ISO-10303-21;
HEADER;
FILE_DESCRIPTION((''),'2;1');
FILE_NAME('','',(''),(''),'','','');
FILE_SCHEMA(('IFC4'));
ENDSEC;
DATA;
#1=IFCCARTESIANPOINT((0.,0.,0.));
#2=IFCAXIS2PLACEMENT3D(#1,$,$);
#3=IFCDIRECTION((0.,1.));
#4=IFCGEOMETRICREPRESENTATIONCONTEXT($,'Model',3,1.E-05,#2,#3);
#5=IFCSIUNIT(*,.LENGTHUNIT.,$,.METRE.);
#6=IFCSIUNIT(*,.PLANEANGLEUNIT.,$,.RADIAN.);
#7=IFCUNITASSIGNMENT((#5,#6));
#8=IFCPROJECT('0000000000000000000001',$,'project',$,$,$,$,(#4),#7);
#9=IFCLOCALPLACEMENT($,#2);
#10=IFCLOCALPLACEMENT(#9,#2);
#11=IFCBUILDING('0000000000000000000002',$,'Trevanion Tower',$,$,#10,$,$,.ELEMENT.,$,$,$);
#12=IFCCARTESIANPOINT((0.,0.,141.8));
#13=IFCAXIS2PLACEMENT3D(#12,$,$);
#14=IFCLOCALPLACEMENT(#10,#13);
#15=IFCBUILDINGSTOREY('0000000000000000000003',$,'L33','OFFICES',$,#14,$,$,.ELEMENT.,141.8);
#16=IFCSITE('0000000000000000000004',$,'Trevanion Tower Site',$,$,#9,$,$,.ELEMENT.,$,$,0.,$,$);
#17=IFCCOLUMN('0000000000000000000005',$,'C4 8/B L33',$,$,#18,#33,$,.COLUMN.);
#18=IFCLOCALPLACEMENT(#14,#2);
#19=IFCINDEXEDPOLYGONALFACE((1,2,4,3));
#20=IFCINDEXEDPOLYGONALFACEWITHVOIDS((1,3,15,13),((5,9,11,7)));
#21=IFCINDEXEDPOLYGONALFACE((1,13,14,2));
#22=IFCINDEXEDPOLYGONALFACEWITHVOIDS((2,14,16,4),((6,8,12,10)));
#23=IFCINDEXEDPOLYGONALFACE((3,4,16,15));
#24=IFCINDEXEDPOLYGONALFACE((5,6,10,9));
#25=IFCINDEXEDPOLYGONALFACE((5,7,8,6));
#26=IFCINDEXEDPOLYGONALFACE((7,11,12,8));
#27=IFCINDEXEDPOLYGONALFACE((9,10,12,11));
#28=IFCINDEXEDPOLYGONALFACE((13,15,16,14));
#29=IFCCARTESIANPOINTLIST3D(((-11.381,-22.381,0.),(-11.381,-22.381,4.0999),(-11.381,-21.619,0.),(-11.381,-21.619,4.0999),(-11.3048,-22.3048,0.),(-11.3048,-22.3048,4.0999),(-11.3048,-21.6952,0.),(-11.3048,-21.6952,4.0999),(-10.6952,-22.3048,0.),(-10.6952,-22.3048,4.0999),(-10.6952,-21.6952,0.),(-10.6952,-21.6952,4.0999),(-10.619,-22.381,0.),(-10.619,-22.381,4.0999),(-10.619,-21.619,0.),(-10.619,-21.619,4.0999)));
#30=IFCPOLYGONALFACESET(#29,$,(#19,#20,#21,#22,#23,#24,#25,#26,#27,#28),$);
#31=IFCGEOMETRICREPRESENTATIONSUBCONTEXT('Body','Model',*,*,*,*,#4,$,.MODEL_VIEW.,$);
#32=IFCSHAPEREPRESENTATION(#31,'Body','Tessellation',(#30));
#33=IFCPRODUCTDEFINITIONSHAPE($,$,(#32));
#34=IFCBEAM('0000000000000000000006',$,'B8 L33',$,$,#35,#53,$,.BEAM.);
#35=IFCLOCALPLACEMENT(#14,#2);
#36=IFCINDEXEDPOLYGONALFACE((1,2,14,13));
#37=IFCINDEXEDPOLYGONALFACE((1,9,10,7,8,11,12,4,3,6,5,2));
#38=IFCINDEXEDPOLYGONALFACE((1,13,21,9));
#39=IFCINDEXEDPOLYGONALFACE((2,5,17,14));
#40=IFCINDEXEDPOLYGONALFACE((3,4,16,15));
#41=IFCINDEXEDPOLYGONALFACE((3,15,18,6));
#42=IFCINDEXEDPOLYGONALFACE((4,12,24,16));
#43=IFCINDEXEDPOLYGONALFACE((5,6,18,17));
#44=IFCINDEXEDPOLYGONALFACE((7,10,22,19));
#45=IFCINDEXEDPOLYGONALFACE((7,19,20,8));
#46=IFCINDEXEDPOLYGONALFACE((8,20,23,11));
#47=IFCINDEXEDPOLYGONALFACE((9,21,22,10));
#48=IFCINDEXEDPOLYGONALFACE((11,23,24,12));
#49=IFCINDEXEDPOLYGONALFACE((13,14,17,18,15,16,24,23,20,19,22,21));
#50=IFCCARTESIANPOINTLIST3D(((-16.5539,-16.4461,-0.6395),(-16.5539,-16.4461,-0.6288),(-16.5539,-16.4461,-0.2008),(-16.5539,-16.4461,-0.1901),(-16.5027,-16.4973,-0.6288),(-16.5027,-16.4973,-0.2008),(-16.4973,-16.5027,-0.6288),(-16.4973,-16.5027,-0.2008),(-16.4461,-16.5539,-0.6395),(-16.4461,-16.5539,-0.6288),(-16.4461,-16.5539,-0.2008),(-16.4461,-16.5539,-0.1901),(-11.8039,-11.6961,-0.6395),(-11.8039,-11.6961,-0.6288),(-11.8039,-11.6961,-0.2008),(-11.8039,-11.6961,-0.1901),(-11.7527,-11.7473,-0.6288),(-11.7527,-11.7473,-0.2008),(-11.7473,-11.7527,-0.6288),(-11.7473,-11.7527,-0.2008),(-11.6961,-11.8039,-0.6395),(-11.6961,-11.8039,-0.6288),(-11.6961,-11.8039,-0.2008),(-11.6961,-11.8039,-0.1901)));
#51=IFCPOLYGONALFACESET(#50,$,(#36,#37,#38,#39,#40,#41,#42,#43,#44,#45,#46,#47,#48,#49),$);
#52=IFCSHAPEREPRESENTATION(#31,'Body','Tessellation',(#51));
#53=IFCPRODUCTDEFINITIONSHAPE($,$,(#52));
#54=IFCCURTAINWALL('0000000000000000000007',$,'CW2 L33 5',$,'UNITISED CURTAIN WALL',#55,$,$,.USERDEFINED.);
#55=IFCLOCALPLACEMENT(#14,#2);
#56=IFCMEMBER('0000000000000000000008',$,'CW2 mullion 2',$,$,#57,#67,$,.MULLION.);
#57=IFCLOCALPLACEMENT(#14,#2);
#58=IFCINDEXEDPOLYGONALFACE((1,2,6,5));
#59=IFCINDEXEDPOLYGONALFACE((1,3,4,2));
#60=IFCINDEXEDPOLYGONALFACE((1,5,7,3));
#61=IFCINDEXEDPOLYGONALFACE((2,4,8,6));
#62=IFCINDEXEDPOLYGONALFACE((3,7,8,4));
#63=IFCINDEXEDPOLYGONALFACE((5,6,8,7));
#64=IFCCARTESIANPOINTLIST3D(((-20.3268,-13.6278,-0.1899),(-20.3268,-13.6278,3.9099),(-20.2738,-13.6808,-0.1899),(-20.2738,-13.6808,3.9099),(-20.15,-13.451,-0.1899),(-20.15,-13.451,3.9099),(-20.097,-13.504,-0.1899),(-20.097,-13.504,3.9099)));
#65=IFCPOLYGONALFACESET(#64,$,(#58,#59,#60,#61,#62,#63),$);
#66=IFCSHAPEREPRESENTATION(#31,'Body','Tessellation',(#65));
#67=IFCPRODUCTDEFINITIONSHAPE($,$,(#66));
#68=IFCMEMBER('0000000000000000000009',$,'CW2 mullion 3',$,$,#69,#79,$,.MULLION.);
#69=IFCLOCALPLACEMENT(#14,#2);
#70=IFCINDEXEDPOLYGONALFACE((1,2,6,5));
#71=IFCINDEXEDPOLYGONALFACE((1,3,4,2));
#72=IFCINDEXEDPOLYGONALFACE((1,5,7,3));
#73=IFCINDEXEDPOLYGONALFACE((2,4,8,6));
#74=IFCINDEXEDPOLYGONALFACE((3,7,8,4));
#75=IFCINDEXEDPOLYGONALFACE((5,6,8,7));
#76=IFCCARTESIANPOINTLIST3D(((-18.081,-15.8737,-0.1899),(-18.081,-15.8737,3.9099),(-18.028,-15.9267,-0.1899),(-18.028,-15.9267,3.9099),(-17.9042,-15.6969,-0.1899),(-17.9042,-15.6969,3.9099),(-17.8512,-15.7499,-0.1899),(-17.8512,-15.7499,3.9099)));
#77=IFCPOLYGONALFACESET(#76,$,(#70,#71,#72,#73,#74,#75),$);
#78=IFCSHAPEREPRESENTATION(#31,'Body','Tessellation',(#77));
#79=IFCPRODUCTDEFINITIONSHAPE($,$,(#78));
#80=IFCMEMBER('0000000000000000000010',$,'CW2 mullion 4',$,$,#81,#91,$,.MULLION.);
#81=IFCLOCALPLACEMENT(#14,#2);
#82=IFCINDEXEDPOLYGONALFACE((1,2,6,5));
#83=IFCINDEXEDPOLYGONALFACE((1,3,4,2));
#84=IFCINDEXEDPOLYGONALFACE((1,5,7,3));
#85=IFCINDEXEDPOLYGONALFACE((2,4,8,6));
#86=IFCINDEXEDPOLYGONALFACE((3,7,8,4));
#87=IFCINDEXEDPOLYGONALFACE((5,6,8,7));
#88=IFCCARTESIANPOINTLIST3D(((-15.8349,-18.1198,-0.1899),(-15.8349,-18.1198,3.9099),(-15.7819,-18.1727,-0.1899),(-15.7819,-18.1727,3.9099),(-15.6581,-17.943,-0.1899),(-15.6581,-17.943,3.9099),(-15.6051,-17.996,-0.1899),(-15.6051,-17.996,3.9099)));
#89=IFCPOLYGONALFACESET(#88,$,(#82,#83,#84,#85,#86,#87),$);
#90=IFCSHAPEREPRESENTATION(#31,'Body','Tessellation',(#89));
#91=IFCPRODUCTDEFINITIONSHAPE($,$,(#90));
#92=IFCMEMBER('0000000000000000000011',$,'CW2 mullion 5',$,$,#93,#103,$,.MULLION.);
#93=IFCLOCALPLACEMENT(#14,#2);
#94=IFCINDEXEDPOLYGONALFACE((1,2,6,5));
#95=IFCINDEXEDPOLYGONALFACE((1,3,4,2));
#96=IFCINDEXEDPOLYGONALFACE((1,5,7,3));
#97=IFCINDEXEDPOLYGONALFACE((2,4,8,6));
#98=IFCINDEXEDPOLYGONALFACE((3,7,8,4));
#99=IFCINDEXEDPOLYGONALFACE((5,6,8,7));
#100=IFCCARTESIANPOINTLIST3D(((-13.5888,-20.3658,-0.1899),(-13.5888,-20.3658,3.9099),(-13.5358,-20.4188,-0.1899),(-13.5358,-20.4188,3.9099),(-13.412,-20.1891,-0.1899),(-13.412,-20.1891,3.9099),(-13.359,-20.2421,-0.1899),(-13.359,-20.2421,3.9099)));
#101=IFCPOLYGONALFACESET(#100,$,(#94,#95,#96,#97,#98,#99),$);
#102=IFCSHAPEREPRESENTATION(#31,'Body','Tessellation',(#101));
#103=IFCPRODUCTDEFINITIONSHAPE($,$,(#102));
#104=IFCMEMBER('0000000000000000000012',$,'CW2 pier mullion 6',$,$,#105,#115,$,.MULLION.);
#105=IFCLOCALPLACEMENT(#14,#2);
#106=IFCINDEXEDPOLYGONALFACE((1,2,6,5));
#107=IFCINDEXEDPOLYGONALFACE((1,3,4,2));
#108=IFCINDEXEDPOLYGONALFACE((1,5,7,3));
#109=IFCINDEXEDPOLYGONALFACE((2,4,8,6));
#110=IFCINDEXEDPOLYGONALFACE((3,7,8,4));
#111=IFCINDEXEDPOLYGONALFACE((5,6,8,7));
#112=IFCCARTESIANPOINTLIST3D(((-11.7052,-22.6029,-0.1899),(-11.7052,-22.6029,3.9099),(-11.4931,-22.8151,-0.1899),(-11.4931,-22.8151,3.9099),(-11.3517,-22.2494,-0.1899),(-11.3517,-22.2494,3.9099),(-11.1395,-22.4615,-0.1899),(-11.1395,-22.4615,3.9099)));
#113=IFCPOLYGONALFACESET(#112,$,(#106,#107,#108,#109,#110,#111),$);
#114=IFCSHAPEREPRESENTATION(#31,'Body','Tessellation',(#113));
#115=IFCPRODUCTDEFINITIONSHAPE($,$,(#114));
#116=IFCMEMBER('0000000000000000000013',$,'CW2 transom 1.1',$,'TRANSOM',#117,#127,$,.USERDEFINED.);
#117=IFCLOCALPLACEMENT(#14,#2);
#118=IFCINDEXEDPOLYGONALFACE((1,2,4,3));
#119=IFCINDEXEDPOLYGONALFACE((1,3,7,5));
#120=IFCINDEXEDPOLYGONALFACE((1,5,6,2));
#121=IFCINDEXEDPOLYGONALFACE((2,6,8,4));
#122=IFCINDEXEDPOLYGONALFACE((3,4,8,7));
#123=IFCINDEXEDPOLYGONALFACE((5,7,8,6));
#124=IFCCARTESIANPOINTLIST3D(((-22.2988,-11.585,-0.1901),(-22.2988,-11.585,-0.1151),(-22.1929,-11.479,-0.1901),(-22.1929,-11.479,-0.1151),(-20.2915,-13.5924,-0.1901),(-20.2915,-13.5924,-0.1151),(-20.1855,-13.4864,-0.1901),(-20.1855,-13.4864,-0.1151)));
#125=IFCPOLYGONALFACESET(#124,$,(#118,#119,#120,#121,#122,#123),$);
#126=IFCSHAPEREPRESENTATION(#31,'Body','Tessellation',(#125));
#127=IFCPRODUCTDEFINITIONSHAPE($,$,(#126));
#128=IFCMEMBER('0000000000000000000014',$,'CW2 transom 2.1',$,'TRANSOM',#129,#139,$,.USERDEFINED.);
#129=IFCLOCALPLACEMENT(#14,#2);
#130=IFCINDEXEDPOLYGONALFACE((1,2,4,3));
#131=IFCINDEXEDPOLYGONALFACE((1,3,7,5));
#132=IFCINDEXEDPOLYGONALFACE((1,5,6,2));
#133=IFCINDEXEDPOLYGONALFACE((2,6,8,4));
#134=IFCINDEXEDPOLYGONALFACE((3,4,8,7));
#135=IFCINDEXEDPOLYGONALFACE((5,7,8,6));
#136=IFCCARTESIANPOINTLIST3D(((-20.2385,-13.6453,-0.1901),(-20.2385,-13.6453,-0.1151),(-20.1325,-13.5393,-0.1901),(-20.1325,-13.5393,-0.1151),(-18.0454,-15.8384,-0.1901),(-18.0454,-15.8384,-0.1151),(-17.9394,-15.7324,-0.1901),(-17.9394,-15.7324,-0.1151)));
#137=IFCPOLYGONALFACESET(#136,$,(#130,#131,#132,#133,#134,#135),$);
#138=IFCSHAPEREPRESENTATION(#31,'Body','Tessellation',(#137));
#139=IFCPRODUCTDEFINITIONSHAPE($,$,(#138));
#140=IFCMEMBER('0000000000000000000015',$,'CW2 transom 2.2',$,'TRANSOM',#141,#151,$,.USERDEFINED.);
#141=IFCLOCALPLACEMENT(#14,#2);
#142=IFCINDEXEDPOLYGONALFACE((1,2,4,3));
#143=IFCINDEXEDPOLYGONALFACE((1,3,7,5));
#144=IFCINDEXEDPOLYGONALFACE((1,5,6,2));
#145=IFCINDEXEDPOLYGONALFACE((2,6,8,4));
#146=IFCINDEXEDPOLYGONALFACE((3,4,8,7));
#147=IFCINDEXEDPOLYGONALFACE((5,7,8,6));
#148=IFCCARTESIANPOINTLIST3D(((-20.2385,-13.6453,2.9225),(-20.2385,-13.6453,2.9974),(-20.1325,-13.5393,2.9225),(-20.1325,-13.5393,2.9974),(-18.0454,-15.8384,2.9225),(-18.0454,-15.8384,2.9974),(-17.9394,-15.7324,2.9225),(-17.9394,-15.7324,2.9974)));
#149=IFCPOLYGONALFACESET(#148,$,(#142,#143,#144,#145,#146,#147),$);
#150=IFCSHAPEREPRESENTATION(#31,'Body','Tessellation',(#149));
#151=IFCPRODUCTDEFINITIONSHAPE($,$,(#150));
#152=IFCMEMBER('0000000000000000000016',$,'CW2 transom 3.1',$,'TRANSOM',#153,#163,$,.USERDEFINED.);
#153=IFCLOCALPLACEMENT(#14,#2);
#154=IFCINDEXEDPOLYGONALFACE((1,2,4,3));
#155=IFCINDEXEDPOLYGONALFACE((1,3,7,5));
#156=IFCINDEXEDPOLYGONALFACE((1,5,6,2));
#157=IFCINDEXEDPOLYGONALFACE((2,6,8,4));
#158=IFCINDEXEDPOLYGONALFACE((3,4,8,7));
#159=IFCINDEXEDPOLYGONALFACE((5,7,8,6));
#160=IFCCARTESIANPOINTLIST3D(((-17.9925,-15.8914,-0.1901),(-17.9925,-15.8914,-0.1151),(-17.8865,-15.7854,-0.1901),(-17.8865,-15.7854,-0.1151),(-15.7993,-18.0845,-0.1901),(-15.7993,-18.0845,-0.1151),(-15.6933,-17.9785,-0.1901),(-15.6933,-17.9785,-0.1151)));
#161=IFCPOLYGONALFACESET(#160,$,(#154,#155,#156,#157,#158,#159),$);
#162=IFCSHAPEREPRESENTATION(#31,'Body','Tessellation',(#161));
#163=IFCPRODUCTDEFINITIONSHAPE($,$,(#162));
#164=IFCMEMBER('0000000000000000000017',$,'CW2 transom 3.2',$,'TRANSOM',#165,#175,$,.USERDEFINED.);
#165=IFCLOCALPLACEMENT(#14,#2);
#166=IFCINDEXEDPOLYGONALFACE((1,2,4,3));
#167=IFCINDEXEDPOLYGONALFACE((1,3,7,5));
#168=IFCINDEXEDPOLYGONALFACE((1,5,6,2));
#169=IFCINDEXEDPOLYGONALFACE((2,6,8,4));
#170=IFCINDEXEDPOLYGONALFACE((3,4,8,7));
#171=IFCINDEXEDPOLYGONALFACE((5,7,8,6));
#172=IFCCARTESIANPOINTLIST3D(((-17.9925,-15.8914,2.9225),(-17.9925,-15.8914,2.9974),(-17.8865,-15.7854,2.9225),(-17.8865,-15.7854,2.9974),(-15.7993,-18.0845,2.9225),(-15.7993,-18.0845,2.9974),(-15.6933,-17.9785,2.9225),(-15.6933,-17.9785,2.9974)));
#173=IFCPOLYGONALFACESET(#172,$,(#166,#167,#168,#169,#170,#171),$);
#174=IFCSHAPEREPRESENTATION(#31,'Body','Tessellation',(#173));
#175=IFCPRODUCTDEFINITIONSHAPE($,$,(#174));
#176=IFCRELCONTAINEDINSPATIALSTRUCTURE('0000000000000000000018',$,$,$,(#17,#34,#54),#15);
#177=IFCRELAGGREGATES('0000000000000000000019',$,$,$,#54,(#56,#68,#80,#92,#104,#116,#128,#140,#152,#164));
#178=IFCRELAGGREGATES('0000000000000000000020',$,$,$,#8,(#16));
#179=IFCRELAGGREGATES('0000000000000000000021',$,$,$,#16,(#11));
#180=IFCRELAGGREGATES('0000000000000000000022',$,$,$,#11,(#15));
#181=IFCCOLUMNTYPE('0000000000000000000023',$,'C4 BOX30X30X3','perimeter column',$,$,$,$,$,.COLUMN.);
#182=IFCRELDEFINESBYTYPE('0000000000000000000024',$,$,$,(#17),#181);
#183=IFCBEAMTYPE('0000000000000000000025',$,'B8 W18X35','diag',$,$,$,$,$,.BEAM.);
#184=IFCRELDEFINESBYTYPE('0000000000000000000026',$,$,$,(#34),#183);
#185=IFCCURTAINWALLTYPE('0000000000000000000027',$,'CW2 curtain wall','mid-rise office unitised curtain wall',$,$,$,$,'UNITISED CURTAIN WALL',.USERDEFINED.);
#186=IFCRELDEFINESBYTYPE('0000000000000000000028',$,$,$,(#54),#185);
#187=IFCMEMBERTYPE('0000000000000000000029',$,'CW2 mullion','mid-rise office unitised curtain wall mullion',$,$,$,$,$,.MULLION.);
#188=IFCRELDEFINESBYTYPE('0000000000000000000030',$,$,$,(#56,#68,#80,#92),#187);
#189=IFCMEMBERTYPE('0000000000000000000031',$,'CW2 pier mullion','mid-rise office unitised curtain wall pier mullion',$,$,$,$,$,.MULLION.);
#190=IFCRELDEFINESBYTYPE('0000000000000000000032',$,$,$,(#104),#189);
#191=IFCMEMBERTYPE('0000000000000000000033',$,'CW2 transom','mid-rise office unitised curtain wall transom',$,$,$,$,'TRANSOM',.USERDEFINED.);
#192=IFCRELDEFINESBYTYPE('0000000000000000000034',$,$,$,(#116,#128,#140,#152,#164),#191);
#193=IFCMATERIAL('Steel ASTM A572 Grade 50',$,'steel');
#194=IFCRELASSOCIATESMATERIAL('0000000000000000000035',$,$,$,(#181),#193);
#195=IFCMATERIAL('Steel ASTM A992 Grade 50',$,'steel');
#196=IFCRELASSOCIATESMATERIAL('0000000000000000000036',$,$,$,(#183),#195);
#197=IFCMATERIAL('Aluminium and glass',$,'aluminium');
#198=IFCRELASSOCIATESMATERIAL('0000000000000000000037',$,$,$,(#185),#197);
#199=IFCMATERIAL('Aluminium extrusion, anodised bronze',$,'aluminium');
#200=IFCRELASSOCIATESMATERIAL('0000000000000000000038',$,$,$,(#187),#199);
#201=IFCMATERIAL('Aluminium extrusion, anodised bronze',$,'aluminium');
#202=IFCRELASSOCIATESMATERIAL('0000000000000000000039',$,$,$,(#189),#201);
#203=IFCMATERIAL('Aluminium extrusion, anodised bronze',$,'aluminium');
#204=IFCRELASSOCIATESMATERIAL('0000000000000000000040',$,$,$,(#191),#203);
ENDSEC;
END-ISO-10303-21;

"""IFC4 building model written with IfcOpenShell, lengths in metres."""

from ifc_helpers import new_model, si_unit, direction, frame, origin, origin_2d, place, context, subcontext, project, spatial, rectangle, hollow_rectangle, i_section, extrude, material, material_profile, profile_set, type_object, element, aggregate, save


model = new_model("IFC4")

# Units and contexts
model_context = context("Model", 3, precision=1e-05, world=origin(), true_north=direction((0.0, 1.0)))
body_context = subcontext(model_context, "Body", "Model", "MODEL_VIEW")
ifc_project = project(units=[si_unit("LENGTHUNIT", "METRE"), si_unit("PLANEANGLEUNIT", "RADIAN")], contexts=[model_context])

# Site, building, storey
site_placement = place(None, origin())
site = spatial("IfcSite", under=ifc_project, at=site_placement, Name="Trevanion Tower Site", CompositionType="ELEMENT", RefElevation=0.0)
building_placement = place(site_placement, origin())
building = spatial("IfcBuilding", under=site, at=building_placement, Name="Trevanion Tower", CompositionType="ELEMENT")
storey_placement = place(building_placement, frame((0.0, 0.0, 141.8)))
storey = spatial("IfcBuildingStorey", under=building, at=storey_placement, Name="L33", Description="OFFICES", CompositionType="ELEMENT", Elevation=141.8)

# Column
ifc_material_1 = material(Name="Steel ASTM A572 Grade 50", Category="steel")
ifc_material_profile_1 = material_profile(ifc_material_1, hollow_rectangle(XDim=0.762, YDim=0.762, WallThickness=0.0762, at=origin_2d()), Name="BOX30X30X3")
ifc_profile_set_1 = profile_set([ifc_material_profile_1], Name="Steel ASTM A572 Grade 50")
column_type = type_object("IfcColumnType", Name="C4 BOX30X30X3", Description="perimeter column", PredefinedType="COLUMN", material=ifc_profile_set_1)
column_placement = place(storey_placement, frame((-11.0, -22.0, 0.0), z_axis=(0.0, 0.0, 1.0), x_axis=(1.0, 0.0, 0.0)))
element("IfcColumn", 1, at=column_placement, inside=storey, type_object=column_type, Name="C4 8/B L33", PredefinedType="COLUMN", context=body_context, shape_type="SweptSolid", body=[
    extrude(hollow_rectangle(XDim=0.762, YDim=0.762, WallThickness=0.0762, at=origin_2d()), origin(), (0.0, 0.0, 1.0), 4.0999),
])

# Beam
ifc_material_2 = material(Name="Steel ASTM A992 Grade 50", Category="steel")
ifc_material_profile_2 = material_profile(ifc_material_2, i_section(OverallWidth=0.1523, OverallDepth=0.4495, WebThickness=0.0076, FlangeThickness=0.0107, at=origin_2d()), Name="W18X35")
ifc_profile_set_2 = profile_set([ifc_material_profile_2], Name="Steel ASTM A992 Grade 50")
beam_type_1 = type_object("IfcBeamType", Name="B8 W18X35", Description="diag", PredefinedType="BEAM", material=ifc_profile_set_2)
beam_1_placement = place(storey_placement, frame((-11.75, -11.75, -0.4148), z_axis=(-0.707107, -0.707107, 0.0), x_axis=(0.707107, -0.707107, 0.0)))
element("IfcBeam", 2, at=beam_1_placement, inside=storey, type_object=beam_type_1, Name="B8 L33", PredefinedType="BEAM", context=body_context, shape_type="SweptSolid", body=[
    extrude(i_section(OverallWidth=0.1523, OverallDepth=0.4495, WebThickness=0.0076, FlangeThickness=0.0107, at=origin_2d()), origin(), (0.0, 0.0, 1.0), 6.7175),
])

# Curtain wall, members
ifc_material_3 = material(Name="Aluminium and glass", Category="aluminium")
curtain_wall_type = type_object("IfcCurtainWallType", Name="CW2 curtain wall", Description="mid-rise office unitised curtain wall", ElementType="UNITISED CURTAIN WALL", PredefinedType="USERDEFINED", material=ifc_material_3)
curtain_wall_placement = place(storey_placement, origin())
curtain_wall = element("IfcCurtainWall", 3, at=curtain_wall_placement, inside=storey, type_object=curtain_wall_type, Name="CW2 L33 5", ObjectType="UNITISED CURTAIN WALL", PredefinedType="USERDEFINED")
ifc_material_4 = material(Name="Aluminium extrusion, anodised bronze", Category="aluminium")
ifc_material_profile_3 = material_profile(ifc_material_4, rectangle(XDim=0.075, YDim=0.25, at=origin_2d()), Name="CW2 mullion")
ifc_profile_set_3 = profile_set([ifc_material_profile_3], Name="Aluminium extrusion, anodised bronze")
member_type_1 = type_object("IfcMemberType", Name="CW2 mullion", Description="mid-rise office unitised curtain wall mullion", PredefinedType="MULLION", material=ifc_profile_set_3)
member_1_placement = place(storey_placement, frame((-20.2119, -13.5659, -0.1899), z_axis=(0.0, 0.0, 1.0), x_axis=(0.707107, -0.707107, 0.0)))
member_1 = element("IfcMember", 4, at=member_1_placement, type_object=member_type_1, Name="CW2 mullion 2", PredefinedType="MULLION", context=body_context, shape_type="SweptSolid", body=[
    extrude(rectangle(XDim=0.075, YDim=0.25, at=origin_2d()), origin(), (0.0, 0.0, 1.0), 4.0999),
])
member_2_placement = place(storey_placement, frame((-17.9661, -15.8118, -0.1899), z_axis=(0.0, 0.0, 1.0), x_axis=(0.707107, -0.707107, 0.0)))
member_2 = element("IfcMember", 5, at=member_2_placement, type_object=member_type_1, Name="CW2 mullion 3", PredefinedType="MULLION", context=body_context, shape_type="SweptSolid", body=[
    extrude(rectangle(XDim=0.075, YDim=0.25, at=origin_2d()), origin(), (0.0, 0.0, 1.0), 4.0999),
])
member_3_placement = place(storey_placement, frame((-15.72, -18.0579, -0.1899), z_axis=(0.0, 0.0, 1.0), x_axis=(0.707107, -0.707107, 0.0)))
member_3 = element("IfcMember", 6, at=member_3_placement, type_object=member_type_1, Name="CW2 mullion 4", PredefinedType="MULLION", context=body_context, shape_type="SweptSolid", body=[
    extrude(rectangle(XDim=0.075, YDim=0.25, at=origin_2d()), origin(), (0.0, 0.0, 1.0), 4.0999),
])
member_4_placement = place(storey_placement, frame((-13.4739, -20.304, -0.1899), z_axis=(0.0, 0.0, 1.0), x_axis=(0.707107, -0.707107, 0.0)))
member_4 = element("IfcMember", 7, at=member_4_placement, type_object=member_type_1, Name="CW2 mullion 5", PredefinedType="MULLION", context=body_context, shape_type="SweptSolid", body=[
    extrude(rectangle(XDim=0.075, YDim=0.25, at=origin_2d()), origin(), (0.0, 0.0, 1.0), 4.0999),
])
ifc_material_5 = material(Name="Aluminium extrusion, anodised bronze", Category="aluminium")
ifc_material_profile_4 = material_profile(ifc_material_5, rectangle(XDim=0.3, YDim=0.5, at=origin_2d()), Name="CW2 pier mullion")
ifc_profile_set_4 = profile_set([ifc_material_profile_4], Name="Aluminium extrusion, anodised bronze")
member_type_2 = type_object("IfcMemberType", Name="CW2 pier mullion", Description="mid-rise office unitised curtain wall pier mullion", PredefinedType="MULLION", material=ifc_profile_set_4)
member_5_placement = place(storey_placement, frame((-11.4224, -22.5322, -0.1899), z_axis=(0.0, 0.0, 1.0), x_axis=(0.707107, -0.707107, 0.0)))
member_5 = element("IfcMember", 8, at=member_5_placement, type_object=member_type_2, Name="CW2 pier mullion 6", PredefinedType="MULLION", context=body_context, shape_type="SweptSolid", body=[
    extrude(rectangle(XDim=0.3, YDim=0.5, at=origin_2d()), origin(), (0.0, 0.0, 1.0), 4.0999),
])
ifc_material_6 = material(Name="Aluminium extrusion, anodised bronze", Category="aluminium")
ifc_material_profile_5 = material_profile(ifc_material_6, rectangle(XDim=0.1499, YDim=0.075, at=origin_2d()), Name="CW2 transom")
ifc_profile_set_5 = profile_set([ifc_material_profile_5], Name="Aluminium extrusion, anodised bronze")
member_type_3 = type_object("IfcMemberType", Name="CW2 transom", Description="mid-rise office unitised curtain wall transom", ElementType="TRANSOM", PredefinedType="USERDEFINED", material=ifc_profile_set_5)
member_6_placement = place(storey_placement, frame((-22.2458, -11.532, -0.1526), z_axis=(0.707107, -0.707107, 0.0), x_axis=(0.707107, 0.707107, 0.0)))
member_6 = element("IfcMember", 9, at=member_6_placement, type_object=member_type_3, Name="CW2 transom 1.1", ObjectType="TRANSOM", PredefinedType="USERDEFINED", context=body_context, shape_type="SweptSolid", body=[
    extrude(rectangle(XDim=0.1499, YDim=0.075, at=origin_2d()), origin(), (0.0, 0.0, 1.0), 2.8389),
])
member_7_placement = place(storey_placement, frame((-20.1855, -13.5923, -0.1526), z_axis=(0.707107, -0.707107, 0.0), x_axis=(0.707107, 0.707107, 0.0)))
member_7 = element("IfcMember", 10, at=member_7_placement, type_object=member_type_3, Name="CW2 transom 2.1", ObjectType="TRANSOM", PredefinedType="USERDEFINED", context=body_context, shape_type="SweptSolid", body=[
    extrude(rectangle(XDim=0.1499, YDim=0.075, at=origin_2d()), origin(), (0.0, 0.0, 1.0), 3.1016),
])
member_8_placement = place(storey_placement, frame((-20.1855, -13.5923, 2.96), z_axis=(0.707107, -0.707107, 0.0), x_axis=(0.707107, 0.707107, 0.0)))
member_8 = element("IfcMember", 11, at=member_8_placement, type_object=member_type_3, Name="CW2 transom 2.2", ObjectType="TRANSOM", PredefinedType="USERDEFINED", context=body_context, shape_type="SweptSolid", body=[
    extrude(rectangle(XDim=0.1499, YDim=0.075, at=origin_2d()), origin(), (0.0, 0.0, 1.0), 3.1016),
])
member_9_placement = place(storey_placement, frame((-17.9395, -15.8384, -0.1526), z_axis=(0.707107, -0.707107, 0.0), x_axis=(0.707107, 0.707107, 0.0)))
member_9 = element("IfcMember", 12, at=member_9_placement, type_object=member_type_3, Name="CW2 transom 3.1", ObjectType="TRANSOM", PredefinedType="USERDEFINED", context=body_context, shape_type="SweptSolid", body=[
    extrude(rectangle(XDim=0.1499, YDim=0.075, at=origin_2d()), origin(), (0.0, 0.0, 1.0), 3.1016),
])
member_10_placement = place(storey_placement, frame((-17.9395, -15.8384, 2.96), z_axis=(0.707107, -0.707107, 0.0), x_axis=(0.707107, 0.707107, 0.0)))
member_10 = element("IfcMember", 13, at=member_10_placement, type_object=member_type_3, Name="CW2 transom 3.2", ObjectType="TRANSOM", PredefinedType="USERDEFINED", context=body_context, shape_type="SweptSolid", body=[
    extrude(rectangle(XDim=0.1499, YDim=0.075, at=origin_2d()), origin(), (0.0, 0.0, 1.0), 3.1016),
])

aggregate(curtain_wall, [member_1, member_2, member_3, member_4, member_5, member_6, member_7, member_8, member_9, member_10])

save(model, "model.ifc")
